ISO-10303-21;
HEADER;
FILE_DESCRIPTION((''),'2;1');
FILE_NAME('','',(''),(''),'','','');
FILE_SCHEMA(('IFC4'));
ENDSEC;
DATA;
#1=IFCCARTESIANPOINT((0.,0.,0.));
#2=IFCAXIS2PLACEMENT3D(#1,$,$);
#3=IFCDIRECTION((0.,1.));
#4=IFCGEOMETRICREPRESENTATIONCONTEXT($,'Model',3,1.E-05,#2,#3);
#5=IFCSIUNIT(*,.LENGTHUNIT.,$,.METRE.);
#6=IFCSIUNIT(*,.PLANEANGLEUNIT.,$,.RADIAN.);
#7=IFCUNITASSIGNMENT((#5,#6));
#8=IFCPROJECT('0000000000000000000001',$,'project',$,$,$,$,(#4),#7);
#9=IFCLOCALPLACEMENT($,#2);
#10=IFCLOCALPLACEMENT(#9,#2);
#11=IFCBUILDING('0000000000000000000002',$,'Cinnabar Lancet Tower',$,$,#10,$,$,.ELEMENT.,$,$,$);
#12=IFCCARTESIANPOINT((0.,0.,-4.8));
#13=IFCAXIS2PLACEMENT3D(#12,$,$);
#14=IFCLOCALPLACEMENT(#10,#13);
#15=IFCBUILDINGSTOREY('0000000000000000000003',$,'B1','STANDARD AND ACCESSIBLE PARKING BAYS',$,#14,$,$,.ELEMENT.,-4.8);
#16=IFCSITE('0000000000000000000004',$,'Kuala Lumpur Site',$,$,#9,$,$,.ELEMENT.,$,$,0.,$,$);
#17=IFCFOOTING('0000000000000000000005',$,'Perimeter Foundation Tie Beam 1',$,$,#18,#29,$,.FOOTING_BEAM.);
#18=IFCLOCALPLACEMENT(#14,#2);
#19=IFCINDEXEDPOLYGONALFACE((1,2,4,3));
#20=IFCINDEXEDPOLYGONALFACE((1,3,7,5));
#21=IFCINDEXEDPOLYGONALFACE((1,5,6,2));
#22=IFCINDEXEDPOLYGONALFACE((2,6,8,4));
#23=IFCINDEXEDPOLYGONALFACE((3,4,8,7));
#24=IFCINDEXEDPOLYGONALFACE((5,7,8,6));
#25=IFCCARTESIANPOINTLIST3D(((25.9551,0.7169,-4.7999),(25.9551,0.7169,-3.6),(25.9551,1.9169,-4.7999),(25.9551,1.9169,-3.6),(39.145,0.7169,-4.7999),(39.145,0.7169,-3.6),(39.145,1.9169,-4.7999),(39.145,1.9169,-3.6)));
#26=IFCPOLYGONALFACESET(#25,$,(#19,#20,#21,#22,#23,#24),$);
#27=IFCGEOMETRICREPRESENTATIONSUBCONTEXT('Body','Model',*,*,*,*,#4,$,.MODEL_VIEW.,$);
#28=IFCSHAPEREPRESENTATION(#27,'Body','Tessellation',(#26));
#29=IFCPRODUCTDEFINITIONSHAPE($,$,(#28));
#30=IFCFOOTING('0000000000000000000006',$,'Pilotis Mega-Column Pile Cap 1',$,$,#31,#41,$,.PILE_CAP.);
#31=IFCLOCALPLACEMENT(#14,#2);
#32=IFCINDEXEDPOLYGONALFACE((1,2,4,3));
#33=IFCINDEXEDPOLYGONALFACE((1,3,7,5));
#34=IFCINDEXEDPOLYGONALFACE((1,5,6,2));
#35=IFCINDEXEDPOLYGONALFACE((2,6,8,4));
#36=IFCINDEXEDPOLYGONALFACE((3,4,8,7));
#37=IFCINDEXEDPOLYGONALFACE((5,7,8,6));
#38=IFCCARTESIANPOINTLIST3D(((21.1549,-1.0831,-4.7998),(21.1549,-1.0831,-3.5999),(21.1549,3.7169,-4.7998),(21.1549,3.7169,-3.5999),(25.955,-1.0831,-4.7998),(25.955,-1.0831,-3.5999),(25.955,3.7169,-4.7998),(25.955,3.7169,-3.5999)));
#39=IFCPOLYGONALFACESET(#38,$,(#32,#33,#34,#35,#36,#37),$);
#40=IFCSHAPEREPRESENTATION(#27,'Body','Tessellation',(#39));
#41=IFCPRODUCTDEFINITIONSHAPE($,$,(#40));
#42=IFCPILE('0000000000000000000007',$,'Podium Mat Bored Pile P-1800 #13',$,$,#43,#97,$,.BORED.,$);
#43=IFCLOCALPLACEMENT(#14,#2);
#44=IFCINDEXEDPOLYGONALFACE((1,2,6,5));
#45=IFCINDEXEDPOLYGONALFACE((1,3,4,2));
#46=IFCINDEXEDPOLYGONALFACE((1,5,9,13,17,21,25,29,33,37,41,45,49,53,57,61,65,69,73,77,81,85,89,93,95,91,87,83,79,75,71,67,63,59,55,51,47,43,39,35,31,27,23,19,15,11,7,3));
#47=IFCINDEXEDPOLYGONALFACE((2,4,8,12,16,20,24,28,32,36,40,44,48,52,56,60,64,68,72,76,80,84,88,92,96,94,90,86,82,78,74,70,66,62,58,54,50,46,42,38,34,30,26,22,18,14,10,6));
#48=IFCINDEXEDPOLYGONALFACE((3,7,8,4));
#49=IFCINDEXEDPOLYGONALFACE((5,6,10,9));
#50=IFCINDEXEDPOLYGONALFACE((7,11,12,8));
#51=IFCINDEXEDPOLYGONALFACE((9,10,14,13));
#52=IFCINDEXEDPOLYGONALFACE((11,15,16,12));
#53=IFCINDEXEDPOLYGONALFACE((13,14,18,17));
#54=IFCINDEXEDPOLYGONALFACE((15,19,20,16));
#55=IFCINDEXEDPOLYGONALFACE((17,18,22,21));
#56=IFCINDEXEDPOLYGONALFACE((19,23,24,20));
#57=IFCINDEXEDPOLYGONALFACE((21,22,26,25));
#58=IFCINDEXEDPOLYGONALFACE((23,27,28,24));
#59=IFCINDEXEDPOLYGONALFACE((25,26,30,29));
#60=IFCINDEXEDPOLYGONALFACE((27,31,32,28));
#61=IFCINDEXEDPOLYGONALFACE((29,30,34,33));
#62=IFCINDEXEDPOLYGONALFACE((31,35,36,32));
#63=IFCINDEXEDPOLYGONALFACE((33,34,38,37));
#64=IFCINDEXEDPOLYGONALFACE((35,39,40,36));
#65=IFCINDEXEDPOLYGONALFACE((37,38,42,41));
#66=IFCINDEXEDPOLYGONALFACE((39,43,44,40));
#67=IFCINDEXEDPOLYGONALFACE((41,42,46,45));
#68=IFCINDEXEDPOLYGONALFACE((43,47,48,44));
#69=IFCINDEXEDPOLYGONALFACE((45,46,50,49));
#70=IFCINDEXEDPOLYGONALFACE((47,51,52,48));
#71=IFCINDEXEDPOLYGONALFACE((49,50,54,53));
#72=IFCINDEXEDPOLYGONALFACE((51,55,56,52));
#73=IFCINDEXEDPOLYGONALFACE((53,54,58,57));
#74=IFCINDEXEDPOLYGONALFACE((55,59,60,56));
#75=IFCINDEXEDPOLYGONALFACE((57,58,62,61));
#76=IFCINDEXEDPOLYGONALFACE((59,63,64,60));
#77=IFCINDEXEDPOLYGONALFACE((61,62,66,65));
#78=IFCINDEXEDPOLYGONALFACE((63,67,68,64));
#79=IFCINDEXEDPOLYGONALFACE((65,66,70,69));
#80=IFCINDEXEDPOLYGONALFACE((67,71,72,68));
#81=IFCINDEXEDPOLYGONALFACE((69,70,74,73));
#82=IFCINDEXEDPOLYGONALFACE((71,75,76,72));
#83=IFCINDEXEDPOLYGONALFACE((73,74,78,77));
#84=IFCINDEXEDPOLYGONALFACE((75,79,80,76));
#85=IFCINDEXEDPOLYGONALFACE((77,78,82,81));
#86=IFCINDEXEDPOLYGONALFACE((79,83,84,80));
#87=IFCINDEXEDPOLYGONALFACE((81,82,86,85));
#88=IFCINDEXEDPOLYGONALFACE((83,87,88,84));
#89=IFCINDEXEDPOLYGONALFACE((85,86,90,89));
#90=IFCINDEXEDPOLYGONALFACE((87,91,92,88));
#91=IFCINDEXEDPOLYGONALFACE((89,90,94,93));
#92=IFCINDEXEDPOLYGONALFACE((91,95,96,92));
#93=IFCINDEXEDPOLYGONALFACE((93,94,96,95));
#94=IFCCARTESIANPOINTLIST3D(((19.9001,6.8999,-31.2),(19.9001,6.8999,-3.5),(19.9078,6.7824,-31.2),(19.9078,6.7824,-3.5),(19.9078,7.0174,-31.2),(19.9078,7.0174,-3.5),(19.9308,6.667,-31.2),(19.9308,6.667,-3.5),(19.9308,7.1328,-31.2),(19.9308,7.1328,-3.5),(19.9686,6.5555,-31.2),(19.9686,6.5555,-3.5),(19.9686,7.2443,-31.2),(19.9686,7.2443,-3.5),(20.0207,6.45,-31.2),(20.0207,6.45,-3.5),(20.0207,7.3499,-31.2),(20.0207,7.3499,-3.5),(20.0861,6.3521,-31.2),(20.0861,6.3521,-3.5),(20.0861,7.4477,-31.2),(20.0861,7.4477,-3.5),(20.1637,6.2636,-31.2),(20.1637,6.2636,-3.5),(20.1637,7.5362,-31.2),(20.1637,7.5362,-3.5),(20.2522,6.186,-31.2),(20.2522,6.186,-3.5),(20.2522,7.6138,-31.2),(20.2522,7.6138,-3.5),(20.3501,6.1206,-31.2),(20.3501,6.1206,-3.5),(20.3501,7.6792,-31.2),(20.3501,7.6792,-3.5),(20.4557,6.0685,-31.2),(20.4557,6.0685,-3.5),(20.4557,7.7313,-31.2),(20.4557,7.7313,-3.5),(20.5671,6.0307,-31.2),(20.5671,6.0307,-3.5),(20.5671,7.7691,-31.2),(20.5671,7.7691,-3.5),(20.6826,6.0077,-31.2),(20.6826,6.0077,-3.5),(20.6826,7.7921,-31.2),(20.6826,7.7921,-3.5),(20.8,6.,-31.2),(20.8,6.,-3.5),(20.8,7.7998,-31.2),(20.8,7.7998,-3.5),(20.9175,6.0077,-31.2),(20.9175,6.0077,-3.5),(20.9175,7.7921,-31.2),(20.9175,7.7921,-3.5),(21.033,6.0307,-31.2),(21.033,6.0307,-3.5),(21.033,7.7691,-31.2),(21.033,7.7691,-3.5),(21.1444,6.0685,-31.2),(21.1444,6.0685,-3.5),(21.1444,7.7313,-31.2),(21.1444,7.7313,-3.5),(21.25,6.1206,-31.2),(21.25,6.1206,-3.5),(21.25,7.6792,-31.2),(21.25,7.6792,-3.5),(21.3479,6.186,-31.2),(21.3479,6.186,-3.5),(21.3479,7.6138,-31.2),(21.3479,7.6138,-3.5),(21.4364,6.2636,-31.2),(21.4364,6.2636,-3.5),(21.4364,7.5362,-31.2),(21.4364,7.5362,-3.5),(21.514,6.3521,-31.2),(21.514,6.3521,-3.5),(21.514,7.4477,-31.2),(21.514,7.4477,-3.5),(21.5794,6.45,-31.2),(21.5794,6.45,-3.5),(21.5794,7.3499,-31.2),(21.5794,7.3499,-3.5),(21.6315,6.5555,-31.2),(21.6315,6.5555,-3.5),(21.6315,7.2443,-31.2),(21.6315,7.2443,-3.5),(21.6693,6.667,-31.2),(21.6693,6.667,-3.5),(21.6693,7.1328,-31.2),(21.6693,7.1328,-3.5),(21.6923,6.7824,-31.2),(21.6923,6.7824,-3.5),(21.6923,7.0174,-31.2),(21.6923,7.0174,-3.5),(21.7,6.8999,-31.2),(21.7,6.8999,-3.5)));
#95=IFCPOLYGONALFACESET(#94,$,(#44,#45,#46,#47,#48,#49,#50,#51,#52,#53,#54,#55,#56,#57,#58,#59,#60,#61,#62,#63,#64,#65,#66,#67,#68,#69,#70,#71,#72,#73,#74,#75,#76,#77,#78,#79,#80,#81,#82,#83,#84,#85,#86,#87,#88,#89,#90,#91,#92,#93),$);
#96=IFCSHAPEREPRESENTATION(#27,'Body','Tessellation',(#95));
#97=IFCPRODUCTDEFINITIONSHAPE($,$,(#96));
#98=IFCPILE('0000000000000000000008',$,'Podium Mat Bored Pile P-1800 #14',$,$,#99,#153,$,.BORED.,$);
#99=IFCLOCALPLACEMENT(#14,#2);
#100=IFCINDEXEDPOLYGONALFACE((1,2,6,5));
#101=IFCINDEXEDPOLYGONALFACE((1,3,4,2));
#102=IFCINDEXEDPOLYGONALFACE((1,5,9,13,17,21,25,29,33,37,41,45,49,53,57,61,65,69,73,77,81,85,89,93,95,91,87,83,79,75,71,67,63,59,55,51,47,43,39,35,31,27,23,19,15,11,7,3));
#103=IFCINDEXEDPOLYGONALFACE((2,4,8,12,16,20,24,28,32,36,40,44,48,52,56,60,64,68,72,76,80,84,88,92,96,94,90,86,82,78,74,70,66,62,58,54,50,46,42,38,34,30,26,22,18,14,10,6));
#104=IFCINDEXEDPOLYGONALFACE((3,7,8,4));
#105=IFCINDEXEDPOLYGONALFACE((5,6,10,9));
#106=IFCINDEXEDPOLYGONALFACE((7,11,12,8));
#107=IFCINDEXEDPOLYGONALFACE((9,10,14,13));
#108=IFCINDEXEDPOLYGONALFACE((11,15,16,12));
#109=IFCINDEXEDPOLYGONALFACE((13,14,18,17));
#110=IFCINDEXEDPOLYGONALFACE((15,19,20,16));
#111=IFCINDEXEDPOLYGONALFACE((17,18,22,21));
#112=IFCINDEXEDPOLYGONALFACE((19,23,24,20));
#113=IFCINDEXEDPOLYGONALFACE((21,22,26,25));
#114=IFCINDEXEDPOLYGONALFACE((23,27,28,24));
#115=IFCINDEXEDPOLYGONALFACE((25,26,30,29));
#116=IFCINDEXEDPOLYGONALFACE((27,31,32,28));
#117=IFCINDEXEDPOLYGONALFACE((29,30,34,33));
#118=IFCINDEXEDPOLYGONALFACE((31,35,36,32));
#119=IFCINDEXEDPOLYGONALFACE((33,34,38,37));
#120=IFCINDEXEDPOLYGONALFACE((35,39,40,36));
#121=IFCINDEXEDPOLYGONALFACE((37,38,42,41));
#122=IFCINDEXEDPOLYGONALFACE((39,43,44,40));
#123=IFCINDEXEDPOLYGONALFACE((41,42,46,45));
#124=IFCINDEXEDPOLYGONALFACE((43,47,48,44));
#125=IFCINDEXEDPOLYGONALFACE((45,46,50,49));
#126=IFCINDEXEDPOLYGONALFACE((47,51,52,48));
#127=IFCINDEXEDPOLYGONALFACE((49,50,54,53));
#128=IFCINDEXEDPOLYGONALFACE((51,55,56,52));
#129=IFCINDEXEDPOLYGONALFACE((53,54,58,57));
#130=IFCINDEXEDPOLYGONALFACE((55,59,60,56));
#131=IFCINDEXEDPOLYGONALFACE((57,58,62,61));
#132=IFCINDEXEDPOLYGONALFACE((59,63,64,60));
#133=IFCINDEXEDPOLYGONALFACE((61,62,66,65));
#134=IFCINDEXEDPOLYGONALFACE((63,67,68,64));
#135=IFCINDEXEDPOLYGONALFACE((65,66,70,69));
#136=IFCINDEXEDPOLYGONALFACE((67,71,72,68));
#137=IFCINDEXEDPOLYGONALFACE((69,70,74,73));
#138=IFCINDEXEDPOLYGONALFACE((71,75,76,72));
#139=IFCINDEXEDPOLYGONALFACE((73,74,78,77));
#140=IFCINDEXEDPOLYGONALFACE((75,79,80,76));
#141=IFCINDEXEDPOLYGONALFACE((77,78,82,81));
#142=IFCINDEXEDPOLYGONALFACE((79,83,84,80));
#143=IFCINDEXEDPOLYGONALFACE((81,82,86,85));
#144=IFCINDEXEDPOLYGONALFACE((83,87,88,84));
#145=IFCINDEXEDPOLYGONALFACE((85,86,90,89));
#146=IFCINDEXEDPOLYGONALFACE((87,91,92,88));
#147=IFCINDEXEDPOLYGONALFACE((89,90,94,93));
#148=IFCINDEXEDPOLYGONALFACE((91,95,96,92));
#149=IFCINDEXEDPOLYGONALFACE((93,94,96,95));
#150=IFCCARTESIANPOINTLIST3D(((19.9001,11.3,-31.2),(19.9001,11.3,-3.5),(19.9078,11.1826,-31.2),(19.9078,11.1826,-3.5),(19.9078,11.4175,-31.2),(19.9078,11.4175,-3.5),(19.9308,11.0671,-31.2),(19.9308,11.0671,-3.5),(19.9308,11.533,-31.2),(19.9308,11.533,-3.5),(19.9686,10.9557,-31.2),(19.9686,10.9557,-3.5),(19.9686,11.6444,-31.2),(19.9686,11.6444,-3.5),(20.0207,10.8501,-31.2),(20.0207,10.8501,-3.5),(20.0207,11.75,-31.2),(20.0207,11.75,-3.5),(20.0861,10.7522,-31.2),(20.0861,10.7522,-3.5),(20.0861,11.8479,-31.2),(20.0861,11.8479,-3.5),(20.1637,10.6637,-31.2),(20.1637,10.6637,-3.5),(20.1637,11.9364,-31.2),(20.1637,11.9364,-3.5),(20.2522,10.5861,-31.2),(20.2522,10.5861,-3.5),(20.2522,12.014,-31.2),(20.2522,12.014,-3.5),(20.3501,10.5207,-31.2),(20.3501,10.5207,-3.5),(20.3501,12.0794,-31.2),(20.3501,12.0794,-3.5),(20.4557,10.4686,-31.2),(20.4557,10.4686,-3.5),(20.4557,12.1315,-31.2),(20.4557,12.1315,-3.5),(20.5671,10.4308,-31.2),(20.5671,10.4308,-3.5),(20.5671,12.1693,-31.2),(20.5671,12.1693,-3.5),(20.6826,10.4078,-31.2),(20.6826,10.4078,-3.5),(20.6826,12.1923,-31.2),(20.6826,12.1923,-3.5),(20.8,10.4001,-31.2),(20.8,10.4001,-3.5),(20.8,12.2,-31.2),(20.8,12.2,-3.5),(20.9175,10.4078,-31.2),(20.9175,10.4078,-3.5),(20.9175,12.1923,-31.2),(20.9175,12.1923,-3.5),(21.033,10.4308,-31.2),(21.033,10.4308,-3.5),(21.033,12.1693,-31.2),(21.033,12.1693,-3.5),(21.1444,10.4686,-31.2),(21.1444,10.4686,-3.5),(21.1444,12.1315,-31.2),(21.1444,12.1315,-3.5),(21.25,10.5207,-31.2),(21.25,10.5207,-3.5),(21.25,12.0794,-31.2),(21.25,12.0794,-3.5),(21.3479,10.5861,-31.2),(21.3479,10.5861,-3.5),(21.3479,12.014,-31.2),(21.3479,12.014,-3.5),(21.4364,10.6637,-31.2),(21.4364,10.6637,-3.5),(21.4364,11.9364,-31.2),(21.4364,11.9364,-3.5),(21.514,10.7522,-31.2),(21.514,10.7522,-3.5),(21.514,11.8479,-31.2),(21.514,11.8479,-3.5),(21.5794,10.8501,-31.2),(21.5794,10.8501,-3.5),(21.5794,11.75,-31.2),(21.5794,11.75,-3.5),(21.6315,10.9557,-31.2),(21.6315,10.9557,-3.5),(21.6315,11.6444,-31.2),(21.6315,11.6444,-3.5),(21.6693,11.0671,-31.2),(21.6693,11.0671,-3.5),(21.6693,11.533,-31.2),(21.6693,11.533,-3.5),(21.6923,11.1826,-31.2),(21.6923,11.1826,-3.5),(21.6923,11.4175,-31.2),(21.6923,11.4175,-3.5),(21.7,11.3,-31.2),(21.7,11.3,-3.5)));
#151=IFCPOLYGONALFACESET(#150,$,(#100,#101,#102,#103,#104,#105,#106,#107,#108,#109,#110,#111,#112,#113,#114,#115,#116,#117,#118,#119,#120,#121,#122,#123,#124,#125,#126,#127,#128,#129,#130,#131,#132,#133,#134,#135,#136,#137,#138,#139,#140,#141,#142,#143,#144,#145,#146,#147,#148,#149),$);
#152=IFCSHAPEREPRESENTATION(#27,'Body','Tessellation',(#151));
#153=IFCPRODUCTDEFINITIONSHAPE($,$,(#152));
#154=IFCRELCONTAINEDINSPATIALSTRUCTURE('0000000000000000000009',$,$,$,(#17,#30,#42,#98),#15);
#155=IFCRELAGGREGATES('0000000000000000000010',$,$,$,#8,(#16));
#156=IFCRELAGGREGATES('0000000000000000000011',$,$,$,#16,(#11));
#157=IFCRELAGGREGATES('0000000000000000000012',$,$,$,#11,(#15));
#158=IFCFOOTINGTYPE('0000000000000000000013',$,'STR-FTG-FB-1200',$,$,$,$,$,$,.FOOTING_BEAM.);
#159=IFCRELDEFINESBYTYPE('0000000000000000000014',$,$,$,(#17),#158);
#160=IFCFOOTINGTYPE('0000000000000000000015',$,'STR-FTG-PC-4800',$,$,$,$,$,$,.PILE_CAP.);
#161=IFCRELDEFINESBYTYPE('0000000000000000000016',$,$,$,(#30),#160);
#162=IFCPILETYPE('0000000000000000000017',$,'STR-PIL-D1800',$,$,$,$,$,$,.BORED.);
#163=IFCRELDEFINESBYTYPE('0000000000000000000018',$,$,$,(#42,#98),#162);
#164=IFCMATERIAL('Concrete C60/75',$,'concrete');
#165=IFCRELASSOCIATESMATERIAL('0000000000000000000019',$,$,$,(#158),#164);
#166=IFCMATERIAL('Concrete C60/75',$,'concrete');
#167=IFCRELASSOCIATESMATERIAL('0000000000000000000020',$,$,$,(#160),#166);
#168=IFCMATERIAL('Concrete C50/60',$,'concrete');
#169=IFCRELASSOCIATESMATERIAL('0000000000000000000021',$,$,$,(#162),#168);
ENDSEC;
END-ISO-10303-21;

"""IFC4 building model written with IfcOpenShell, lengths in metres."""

from ifc_helpers import new_model, si_unit, direction, frame, origin, origin_2d, place, context, subcontext, project, spatial, rectangle, circle, extrude, material, material_profile, profile_set, type_object, element, save


model = new_model("IFC4")

# Units and contexts
model_context = context("Model", 3, precision=1e-05, world=origin(), true_north=direction((0.0, 1.0)))
body_context = subcontext(model_context, "Body", "Model", "MODEL_VIEW")
ifc_project = project(units=[si_unit("LENGTHUNIT", "METRE"), si_unit("PLANEANGLEUNIT", "RADIAN")], contexts=[model_context])

# Site, building, storey
site_placement = place(None, origin())
site = spatial("IfcSite", under=ifc_project, at=site_placement, Name="Kuala Lumpur Site", CompositionType="ELEMENT", RefElevation=0.0)
building_placement = place(site_placement, origin())
building = spatial("IfcBuilding", under=site, at=building_placement, Name="Cinnabar Lancet Tower", CompositionType="ELEMENT")
storey_placement = place(building_placement, frame((0.0, 0.0, -4.8)))
storey = spatial("IfcBuildingStorey", under=building, at=storey_placement, Name="B1", Description="STANDARD AND ACCESSIBLE PARKING BAYS", CompositionType="ELEMENT", Elevation=-4.8)

# Footings
ifc_material_1 = material(Name="Concrete C60/75", Category="concrete")
ifc_material_profile_1 = material_profile(ifc_material_1, rectangle(XDim=1.2, YDim=1.2, at=origin_2d()), Name="RC-FB 1200x1200")
ifc_profile_set_1 = profile_set([ifc_material_profile_1], Name="Concrete C60/75")
footing_type_1 = type_object("IfcFootingType", Name="STR-FTG-FB-1200", PredefinedType="FOOTING_BEAM", material=ifc_profile_set_1)
footing_1_placement = place(storey_placement, frame((25.9551, 1.3169, -4.2), z_axis=(1.0, 0.0, 0.0), x_axis=(0.0, 1.0, 0.0)))
element("IfcFooting", 1, at=footing_1_placement, inside=storey, type_object=footing_type_1, Name="Perimeter Foundation Tie Beam 1", PredefinedType="FOOTING_BEAM", context=body_context, shape_type="SweptSolid", body=[
    extrude(rectangle(XDim=1.2, YDim=1.2, at=origin_2d()), origin(), (0.0, 0.0, 1.0), 13.1899),
])
ifc_material_2 = material(Name="Concrete C60/75", Category="concrete")
footing_type_2 = type_object("IfcFootingType", Name="STR-FTG-PC-4800", PredefinedType="PILE_CAP", material=ifc_material_2)
footing_2_placement = place(storey_placement, frame((23.5549, 1.3169, -4.7998), z_axis=(0.0, 0.0, 1.0), x_axis=(1.0, 0.0, 0.0)))
element("IfcFooting", 2, at=footing_2_placement, inside=storey, type_object=footing_type_2, Name="Pilotis Mega-Column Pile Cap 1", PredefinedType="PILE_CAP", context=body_context, shape_type="SweptSolid", body=[
    extrude(rectangle(XDim=4.8, YDim=4.8, at=origin_2d()), origin(), (0.0, 0.0, 1.0), 1.2),
])

# Piles
ifc_material_3 = material(Name="Concrete C50/60", Category="concrete")
ifc_material_profile_2 = material_profile(ifc_material_3, circle(Radius=0.8999, at=origin_2d()), Name="PILE D1800")
ifc_profile_set_2 = profile_set([ifc_material_profile_2], Name="Concrete C50/60")
pile_type_1 = type_object("IfcPileType", Name="STR-PIL-D1800", PredefinedType="BORED", material=ifc_profile_set_2)
for number, where, z_axis, x_axis, name in (
    (3, (20.8, 6.8999, -3.5), (0.0, 0.0, -1.0), (1.0, 0.0, 0.0), "Podium Mat Bored Pile P-1800 #13"),
    (4, (20.8, 11.3, -3.5), (0.0, 0.0, -1.0), (1.0, 0.0, 0.0), "Podium Mat Bored Pile P-1800 #14"),
):
    element("IfcPile", number, at=place(storey_placement, frame(where, z_axis=z_axis, x_axis=x_axis)), inside=storey, type_object=pile_type_1, Name=name, PredefinedType="BORED", context=body_context, shape_type="SweptSolid", body=[
        extrude(circle(Radius=0.8999, at=origin_2d()), origin(), (0.0, 0.0, 1.0), 27.7),
    ])

save(model, "model.ifc")
